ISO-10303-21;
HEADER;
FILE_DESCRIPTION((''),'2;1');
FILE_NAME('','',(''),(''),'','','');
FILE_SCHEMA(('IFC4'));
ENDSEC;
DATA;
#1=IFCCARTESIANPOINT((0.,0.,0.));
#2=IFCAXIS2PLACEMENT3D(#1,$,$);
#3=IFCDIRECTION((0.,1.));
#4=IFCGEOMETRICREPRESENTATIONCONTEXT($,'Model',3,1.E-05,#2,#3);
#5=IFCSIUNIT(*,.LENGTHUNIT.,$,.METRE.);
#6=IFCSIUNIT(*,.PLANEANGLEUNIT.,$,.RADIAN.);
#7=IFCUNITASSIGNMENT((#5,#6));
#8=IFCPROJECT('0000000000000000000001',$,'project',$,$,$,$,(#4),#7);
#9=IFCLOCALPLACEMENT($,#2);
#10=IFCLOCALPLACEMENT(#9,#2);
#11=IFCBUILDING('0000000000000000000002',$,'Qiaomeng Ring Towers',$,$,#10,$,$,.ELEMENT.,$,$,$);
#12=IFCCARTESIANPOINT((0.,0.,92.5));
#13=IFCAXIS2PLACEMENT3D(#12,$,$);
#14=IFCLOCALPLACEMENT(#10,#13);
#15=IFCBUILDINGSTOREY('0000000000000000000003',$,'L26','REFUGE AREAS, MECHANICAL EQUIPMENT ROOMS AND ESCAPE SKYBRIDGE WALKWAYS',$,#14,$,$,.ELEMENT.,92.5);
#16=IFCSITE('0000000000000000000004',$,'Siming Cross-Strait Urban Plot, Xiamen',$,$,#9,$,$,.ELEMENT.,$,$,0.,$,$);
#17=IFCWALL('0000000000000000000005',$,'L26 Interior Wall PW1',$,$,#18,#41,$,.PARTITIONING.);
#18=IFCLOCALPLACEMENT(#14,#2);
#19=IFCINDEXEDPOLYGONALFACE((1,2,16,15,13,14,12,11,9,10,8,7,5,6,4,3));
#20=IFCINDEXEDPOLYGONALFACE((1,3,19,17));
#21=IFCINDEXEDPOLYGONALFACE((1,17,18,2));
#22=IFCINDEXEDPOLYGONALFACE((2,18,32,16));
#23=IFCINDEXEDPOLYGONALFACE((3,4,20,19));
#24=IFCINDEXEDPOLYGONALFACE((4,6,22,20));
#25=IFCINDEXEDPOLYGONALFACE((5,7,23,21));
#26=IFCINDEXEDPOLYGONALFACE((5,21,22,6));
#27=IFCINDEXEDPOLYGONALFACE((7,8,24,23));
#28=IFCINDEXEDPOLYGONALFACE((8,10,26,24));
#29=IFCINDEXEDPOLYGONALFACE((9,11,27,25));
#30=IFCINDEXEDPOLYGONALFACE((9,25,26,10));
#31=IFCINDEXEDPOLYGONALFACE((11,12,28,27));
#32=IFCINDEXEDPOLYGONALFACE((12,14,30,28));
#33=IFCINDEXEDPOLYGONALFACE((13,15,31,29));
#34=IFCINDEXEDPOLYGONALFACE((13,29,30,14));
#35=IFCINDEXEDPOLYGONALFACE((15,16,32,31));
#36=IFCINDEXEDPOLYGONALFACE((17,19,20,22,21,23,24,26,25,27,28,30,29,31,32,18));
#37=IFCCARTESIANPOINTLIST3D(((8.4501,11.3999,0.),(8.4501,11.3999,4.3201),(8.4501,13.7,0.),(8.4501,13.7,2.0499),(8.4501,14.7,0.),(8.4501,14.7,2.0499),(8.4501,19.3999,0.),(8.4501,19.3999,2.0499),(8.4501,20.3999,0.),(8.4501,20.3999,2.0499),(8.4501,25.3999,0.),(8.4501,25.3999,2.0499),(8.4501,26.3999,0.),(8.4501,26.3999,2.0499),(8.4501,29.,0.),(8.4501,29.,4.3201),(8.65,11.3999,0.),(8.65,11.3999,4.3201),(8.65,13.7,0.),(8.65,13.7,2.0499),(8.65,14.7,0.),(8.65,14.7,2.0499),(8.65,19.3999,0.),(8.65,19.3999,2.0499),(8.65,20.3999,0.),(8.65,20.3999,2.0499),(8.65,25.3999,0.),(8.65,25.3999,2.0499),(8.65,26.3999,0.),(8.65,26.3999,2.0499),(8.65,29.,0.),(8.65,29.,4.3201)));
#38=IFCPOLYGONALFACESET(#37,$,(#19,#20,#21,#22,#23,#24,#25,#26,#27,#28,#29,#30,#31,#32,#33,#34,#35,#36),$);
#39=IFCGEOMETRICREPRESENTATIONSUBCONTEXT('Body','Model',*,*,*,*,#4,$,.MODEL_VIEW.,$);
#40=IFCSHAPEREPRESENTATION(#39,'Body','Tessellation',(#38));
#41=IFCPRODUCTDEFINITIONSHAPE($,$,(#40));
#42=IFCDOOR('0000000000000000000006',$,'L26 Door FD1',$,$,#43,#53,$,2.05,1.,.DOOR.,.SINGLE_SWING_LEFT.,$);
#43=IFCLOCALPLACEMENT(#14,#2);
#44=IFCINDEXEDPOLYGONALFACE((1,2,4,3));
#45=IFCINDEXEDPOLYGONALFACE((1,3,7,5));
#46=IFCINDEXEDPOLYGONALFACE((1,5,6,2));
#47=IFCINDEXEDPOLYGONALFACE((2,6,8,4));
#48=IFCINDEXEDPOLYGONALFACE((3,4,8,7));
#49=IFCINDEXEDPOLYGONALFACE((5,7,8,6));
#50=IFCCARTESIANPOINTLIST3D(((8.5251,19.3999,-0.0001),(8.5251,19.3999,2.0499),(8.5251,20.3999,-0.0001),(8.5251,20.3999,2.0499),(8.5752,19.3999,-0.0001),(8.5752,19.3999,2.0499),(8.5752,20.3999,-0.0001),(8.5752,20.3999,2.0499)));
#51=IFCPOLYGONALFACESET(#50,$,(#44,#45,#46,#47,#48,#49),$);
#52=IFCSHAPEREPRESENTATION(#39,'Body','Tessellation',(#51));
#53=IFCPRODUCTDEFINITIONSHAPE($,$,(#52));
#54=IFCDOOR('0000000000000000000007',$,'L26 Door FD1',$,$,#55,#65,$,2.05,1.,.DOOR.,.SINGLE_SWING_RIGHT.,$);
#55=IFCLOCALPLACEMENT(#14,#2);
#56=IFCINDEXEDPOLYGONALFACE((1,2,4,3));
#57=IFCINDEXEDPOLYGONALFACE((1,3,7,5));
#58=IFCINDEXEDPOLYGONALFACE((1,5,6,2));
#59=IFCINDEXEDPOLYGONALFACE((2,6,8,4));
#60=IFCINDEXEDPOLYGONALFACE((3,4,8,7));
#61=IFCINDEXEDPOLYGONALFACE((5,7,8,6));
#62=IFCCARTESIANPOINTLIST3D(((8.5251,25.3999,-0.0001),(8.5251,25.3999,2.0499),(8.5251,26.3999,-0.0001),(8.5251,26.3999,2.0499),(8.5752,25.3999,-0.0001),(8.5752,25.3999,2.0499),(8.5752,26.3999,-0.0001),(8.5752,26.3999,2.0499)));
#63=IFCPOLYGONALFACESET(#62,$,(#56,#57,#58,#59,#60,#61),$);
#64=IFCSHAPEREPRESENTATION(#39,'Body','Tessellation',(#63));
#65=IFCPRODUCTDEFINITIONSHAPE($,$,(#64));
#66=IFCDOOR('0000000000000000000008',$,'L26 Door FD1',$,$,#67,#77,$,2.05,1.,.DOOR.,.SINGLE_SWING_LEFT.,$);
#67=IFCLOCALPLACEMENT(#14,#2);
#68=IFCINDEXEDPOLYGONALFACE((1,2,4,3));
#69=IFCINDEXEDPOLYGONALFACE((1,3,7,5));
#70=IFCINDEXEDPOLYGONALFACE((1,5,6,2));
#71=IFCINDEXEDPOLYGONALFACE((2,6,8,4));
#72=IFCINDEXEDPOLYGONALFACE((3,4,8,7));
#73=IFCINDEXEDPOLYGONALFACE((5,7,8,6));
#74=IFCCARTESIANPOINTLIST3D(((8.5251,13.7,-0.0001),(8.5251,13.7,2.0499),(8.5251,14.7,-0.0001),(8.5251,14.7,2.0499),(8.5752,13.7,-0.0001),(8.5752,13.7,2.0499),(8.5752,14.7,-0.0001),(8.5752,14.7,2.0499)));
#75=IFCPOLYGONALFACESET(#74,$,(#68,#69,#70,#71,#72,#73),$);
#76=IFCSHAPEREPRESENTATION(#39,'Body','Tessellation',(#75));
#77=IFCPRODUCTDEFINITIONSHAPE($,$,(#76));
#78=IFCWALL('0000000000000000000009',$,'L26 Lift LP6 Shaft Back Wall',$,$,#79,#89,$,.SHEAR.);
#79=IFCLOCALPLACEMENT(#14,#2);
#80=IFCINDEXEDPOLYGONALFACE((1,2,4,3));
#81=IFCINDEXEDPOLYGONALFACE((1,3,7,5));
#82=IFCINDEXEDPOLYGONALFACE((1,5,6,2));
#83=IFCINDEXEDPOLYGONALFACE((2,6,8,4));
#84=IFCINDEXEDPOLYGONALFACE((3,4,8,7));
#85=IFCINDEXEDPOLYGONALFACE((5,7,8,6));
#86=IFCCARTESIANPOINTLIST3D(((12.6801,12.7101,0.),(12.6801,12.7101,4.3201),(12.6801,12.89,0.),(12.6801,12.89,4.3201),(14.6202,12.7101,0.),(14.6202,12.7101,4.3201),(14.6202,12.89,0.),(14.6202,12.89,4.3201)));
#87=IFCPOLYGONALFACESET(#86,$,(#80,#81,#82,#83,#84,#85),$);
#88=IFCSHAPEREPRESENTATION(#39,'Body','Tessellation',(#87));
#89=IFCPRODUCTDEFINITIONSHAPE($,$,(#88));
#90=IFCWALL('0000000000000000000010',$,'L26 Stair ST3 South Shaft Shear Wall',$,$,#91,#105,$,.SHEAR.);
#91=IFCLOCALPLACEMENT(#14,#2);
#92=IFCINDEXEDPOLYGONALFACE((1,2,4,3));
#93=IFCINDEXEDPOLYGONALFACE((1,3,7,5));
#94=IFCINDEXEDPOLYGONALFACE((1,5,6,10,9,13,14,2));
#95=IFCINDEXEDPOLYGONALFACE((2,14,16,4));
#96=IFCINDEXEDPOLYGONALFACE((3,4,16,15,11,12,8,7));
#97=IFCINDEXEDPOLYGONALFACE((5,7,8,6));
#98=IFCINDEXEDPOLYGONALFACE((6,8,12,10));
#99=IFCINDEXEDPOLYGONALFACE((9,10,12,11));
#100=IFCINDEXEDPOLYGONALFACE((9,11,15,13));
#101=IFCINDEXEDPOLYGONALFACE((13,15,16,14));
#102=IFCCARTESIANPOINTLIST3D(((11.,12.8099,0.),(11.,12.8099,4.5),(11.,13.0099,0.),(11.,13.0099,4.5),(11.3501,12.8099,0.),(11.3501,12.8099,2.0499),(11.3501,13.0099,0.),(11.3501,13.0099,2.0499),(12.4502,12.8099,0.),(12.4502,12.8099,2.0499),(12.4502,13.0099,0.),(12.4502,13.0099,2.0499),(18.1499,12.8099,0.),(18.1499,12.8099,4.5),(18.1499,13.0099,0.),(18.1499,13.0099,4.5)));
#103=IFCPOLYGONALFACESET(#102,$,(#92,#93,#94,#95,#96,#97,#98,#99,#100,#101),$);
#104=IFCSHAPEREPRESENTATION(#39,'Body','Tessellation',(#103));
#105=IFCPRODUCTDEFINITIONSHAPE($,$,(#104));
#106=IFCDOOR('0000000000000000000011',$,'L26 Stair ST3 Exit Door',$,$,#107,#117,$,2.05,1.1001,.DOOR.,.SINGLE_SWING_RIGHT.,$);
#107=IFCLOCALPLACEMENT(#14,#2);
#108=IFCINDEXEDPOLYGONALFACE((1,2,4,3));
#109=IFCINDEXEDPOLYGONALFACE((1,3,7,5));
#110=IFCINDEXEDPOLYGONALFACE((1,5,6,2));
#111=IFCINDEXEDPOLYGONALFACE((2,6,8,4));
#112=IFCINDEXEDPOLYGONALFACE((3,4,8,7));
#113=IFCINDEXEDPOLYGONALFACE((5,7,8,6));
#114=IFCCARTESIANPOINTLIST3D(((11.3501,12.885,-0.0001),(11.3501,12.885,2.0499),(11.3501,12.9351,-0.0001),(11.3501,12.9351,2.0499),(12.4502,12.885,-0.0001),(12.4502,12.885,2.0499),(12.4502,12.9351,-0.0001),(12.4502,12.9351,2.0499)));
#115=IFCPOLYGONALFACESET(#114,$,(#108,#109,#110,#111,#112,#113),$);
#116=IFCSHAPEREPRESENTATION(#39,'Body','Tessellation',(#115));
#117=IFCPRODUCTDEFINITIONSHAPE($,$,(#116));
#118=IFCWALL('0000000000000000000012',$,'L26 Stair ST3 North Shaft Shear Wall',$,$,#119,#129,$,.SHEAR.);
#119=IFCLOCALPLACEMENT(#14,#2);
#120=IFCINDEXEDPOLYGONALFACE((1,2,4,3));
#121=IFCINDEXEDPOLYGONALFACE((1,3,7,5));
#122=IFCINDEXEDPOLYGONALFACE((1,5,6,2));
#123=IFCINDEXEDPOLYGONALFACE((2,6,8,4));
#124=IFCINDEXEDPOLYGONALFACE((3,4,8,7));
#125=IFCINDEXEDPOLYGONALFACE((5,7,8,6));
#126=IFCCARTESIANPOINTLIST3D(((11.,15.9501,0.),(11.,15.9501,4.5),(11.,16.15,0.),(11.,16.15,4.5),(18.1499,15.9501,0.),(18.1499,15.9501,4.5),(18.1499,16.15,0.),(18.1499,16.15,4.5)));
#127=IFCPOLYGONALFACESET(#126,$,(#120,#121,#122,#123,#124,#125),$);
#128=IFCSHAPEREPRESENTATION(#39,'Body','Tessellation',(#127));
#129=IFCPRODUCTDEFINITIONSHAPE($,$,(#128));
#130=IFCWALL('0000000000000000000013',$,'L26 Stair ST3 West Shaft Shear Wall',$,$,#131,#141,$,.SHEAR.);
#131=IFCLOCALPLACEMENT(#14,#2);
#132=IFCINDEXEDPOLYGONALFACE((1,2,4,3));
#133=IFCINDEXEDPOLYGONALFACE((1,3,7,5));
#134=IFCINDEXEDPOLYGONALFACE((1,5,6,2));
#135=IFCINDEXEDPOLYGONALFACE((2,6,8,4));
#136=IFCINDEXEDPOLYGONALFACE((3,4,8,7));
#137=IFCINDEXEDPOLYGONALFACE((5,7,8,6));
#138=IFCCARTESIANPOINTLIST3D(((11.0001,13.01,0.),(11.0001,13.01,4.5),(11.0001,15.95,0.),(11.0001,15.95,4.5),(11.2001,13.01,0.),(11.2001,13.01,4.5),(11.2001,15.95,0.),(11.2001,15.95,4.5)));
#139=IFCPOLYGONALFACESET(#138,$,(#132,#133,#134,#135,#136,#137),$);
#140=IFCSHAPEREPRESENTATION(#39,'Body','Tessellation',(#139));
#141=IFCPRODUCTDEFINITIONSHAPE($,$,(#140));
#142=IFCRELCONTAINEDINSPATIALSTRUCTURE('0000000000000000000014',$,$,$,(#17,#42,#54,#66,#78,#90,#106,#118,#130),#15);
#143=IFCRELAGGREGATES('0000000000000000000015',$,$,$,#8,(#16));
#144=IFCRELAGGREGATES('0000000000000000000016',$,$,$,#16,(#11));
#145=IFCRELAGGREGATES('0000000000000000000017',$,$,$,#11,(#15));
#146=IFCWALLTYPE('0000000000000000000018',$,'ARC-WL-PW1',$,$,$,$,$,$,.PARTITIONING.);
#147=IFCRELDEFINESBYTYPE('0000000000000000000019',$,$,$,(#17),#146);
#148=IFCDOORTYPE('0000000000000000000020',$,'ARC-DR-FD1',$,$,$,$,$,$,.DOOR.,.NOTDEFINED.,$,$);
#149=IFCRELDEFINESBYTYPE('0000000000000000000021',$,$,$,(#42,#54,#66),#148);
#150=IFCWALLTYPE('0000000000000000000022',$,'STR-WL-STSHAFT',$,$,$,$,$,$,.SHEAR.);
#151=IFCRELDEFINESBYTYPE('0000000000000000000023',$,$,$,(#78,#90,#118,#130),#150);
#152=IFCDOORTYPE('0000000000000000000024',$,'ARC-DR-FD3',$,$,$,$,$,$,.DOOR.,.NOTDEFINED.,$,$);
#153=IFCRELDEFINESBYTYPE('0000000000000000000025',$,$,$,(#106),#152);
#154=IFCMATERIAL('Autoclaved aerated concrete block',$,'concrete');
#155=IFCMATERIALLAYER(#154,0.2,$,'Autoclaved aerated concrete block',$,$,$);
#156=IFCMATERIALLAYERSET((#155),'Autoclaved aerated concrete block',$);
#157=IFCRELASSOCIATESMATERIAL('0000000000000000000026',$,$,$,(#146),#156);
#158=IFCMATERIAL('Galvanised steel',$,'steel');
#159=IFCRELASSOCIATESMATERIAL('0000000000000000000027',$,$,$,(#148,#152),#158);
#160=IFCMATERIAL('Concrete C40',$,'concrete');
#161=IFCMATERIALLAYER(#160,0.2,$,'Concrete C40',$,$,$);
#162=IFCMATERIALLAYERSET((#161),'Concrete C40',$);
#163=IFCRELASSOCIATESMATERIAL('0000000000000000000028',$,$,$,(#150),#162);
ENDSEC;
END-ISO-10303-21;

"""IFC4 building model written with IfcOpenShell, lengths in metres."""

from ifc_helpers import new_model, si_unit, direction, frame, frame_2d, origin, place, context, subcontext, project, spatial, rectangle, extrude, source, transform, mapped, material, layer, layer_set, type_object, element, fill, save


model = new_model("IFC4")

# Units and contexts
model_context = context("Model", 3, precision=1e-05, world=origin(), true_north=direction((0.0, 1.0)))
body_context = subcontext(model_context, "Body", "Model", "MODEL_VIEW")
ifc_project = project(units=[si_unit("LENGTHUNIT", "METRE"), si_unit("PLANEANGLEUNIT", "RADIAN")], contexts=[model_context])

# Site, building, storey
site_placement = place(None, origin())
site = spatial("IfcSite", under=ifc_project, at=site_placement, Name="Siming Cross-Strait Urban Plot, Xiamen", CompositionType="ELEMENT", RefElevation=0.0)
building_placement = place(site_placement, origin())
building = spatial("IfcBuilding", under=site, at=building_placement, Name="Qiaomeng Ring Towers", CompositionType="ELEMENT")
storey_placement = place(building_placement, frame((0.0, 0.0, 92.5)))
storey = spatial("IfcBuildingStorey", under=building, at=storey_placement, Name="L26", Description="REFUGE AREAS, MECHANICAL EQUIPMENT ROOMS AND ESCAPE SKYBRIDGE WALKWAYS", CompositionType="ELEMENT", Elevation=92.5)

# Shared definitions
ifc_material_1 = material(Name="Autoclaved aerated concrete block", Category="concrete")
ifc_layer_1 = layer(ifc_material_1, 0.2, Name="Autoclaved aerated concrete block")
ifc_layer_set_1 = layer_set([ifc_layer_1], Name="Autoclaved aerated concrete block")
wall_type_1 = type_object("IfcWallType", Name="ARC-WL-PW1", PredefinedType="PARTITIONING", material=ifc_layer_set_1)

# Wall, openings, doors
wall_1_placement = place(storey_placement, frame((8.55, 11.3999, 0.0), z_axis=(0.0, 0.0, 1.0), x_axis=(0.0, 1.0, 0.0)))
wall_1 = element("IfcWall", 1, at=wall_1_placement, inside=storey, type_object=wall_type_1, Name="L26 Interior Wall PW1", PredefinedType="PARTITIONING", context=body_context, shape_type="SweptSolid", body=[
    extrude(rectangle(XDim=17.6001, YDim=0.2, at=frame_2d((8.8, 0.0))), origin(), (0.0, 0.0, 1.0), 4.3201),
])
opening_1_placement = place(wall_1_placement, frame((8.0, 0.0, 0.0)))
opening_1 = element("IfcOpeningElement", 2, at=opening_1_placement, cuts=wall_1, PredefinedType="OPENING", context=body_context, shape_type="SweptSolid", body=[
    extrude(rectangle(XDim=1.0, YDim=2.05, at=frame_2d((0.5, 1.0249))), frame((0.0, 0.1099, 0.0), z_axis=(0.0, -1.0, 0.0), x_axis=(1.0, 0.0, 0.0)), (0.0, 0.0, 1.0), 0.22),
])
opening_2_placement = place(wall_1_placement, frame((14.0, 0.0, 0.0)))
opening_2 = element("IfcOpeningElement", 3, at=opening_2_placement, cuts=wall_1, PredefinedType="OPENING", context=body_context, shape_type="SweptSolid", body=[
    extrude(rectangle(XDim=1.0, YDim=2.05, at=frame_2d((0.5, 1.0249))), frame((0.0, 0.1099, 0.0), z_axis=(0.0, -1.0, 0.0), x_axis=(1.0, 0.0, 0.0)), (0.0, 0.0, 1.0), 0.22),
])
opening_3_placement = place(wall_1_placement, frame((2.3, 0.0, 0.0)))
opening_3 = element("IfcOpeningElement", 4, at=opening_3_placement, cuts=wall_1, PredefinedType="OPENING", context=body_context, shape_type="SweptSolid", body=[
    extrude(rectangle(XDim=1.0, YDim=2.05, at=frame_2d((0.5, 1.0249))), frame((0.0, 0.1099, 0.0), z_axis=(0.0, -1.0, 0.0), x_axis=(1.0, 0.0, 0.0)), (0.0, 0.0, 1.0), 0.22),
])
ifc_material_2 = material(Name="Galvanised steel", Category="steel")
door_type_1 = type_object("IfcDoorType", Name="ARC-DR-FD1", OperationType="NOTDEFINED", PredefinedType="DOOR", material=ifc_material_2)
shared_shape_1 = source(origin(), body_context, "Body", "SweptSolid", [
    extrude(rectangle(XDim=1.0, YDim=2.05, at=frame_2d((0.5, 1.0249))), frame((0.0, 0.0249, 0.0), z_axis=(0.0, -1.0, 0.0), x_axis=(1.0, 0.0, 0.0)), (0.0, 0.0, 1.0), 0.05),
])
door_1_placement = place(opening_1_placement, origin())
door_1 = element("IfcDoor", 5, at=door_1_placement, inside=storey, type_object=door_type_1, Name="L26 Door FD1", OperationType="SINGLE_SWING_LEFT", OverallHeight=2.05, OverallWidth=1.0, PredefinedType="DOOR", context=body_context, shape_type="MappedRepresentation", body=[
    mapped(shared_shape_1, transform((0.0, 0.0, 0.0), x_axis=(1.0, 0.0, 0.0), y_axis=(0.0, 1.0, 0.0), z_axis=(0.0, 0.0, 1.0), scale=1.0)),
])
fill(opening_1, door_1)
door_2_placement = place(opening_2_placement, origin())
door_2 = element("IfcDoor", 6, at=door_2_placement, inside=storey, type_object=door_type_1, Name="L26 Door FD1", OperationType="SINGLE_SWING_RIGHT", OverallHeight=2.05, OverallWidth=1.0, PredefinedType="DOOR", context=body_context, shape_type="MappedRepresentation", body=[
    mapped(shared_shape_1, transform((0.0, 0.0, 0.0), x_axis=(1.0, 0.0, 0.0), y_axis=(0.0, 1.0, 0.0), z_axis=(0.0, 0.0, 1.0), scale=1.0)),
])
fill(opening_2, door_2)
door_3_placement = place(opening_3_placement, origin())
door_3 = element("IfcDoor", 7, at=door_3_placement, inside=storey, type_object=door_type_1, Name="L26 Door FD1", OperationType="SINGLE_SWING_LEFT", OverallHeight=2.05, OverallWidth=1.0, PredefinedType="DOOR", context=body_context, shape_type="MappedRepresentation", body=[
    mapped(shared_shape_1, transform((0.0, 0.0, 0.0), x_axis=(1.0, 0.0, 0.0), y_axis=(0.0, 1.0, 0.0), z_axis=(0.0, 0.0, 1.0), scale=1.0)),
])
fill(opening_3, door_3)

# Wall
ifc_material_3 = material(Name="Concrete C40", Category="concrete")
ifc_layer_2 = layer(ifc_material_3, 0.2, Name="Concrete C40")
ifc_layer_set_2 = layer_set([ifc_layer_2], Name="Concrete C40")
wall_type_2 = type_object("IfcWallType", Name="STR-WL-STSHAFT", PredefinedType="SHEAR", material=ifc_layer_set_2)
wall_2_placement = place(storey_placement, frame((12.6799, 12.8, 0.0), z_axis=(0.0, 0.0, 1.0), x_axis=(1.0, 0.0, 0.0)))
element("IfcWall", 8, at=wall_2_placement, inside=storey, type_object=wall_type_2, Name="L26 Lift LP6 Shaft Back Wall", PredefinedType="SHEAR", context=body_context, shape_type="SweptSolid", body=[
    extrude(rectangle(XDim=1.9402, YDim=0.1799, at=frame_2d((0.9702, 0.0))), origin(), (0.0, 0.0, 1.0), 4.3201),
])

# Wall, opening, door
wall_3_placement = place(storey_placement, frame((11.0, 12.9099, 0.0), z_axis=(0.0, 0.0, 1.0), x_axis=(1.0, 0.0, 0.0)))
wall_3 = element("IfcWall", 9, at=wall_3_placement, inside=storey, type_object=wall_type_2, Name="L26 Stair ST3 South Shaft Shear Wall", PredefinedType="SHEAR", context=body_context, shape_type="SweptSolid", body=[
    extrude(rectangle(XDim=7.1499, YDim=0.2, at=frame_2d((3.575, 0.0))), origin(), (0.0, 0.0, 1.0), 4.5),
])
opening_4_placement = place(wall_3_placement, frame((0.3501, 0.0, 0.0)))
opening_4 = element("IfcOpeningElement", 10, at=opening_4_placement, cuts=wall_3, PredefinedType="OPENING", context=body_context, shape_type="SweptSolid", body=[
    extrude(rectangle(XDim=1.1001, YDim=2.05, at=frame_2d((0.55, 1.0249))), frame((0.0, 0.1099, 0.0), z_axis=(0.0, -1.0, 0.0), x_axis=(1.0, 0.0, 0.0)), (0.0, 0.0, 1.0), 0.22),
])
door_type_2 = type_object("IfcDoorType", Name="ARC-DR-FD3", OperationType="NOTDEFINED", PredefinedType="DOOR", material=ifc_material_2)
shared_shape_2 = source(origin(), body_context, "Body", "SweptSolid", [
    extrude(rectangle(XDim=1.1001, YDim=2.05, at=frame_2d((0.55, 1.0249))), frame((0.0, 0.0249, 0.0), z_axis=(0.0, -1.0, 0.0), x_axis=(1.0, 0.0, 0.0)), (0.0, 0.0, 1.0), 0.05),
])
door_4_placement = place(opening_4_placement, frame((1.1001, 0.0, 0.0), z_axis=(0.0, 0.0, 1.0), x_axis=(-1.0, 0.0, 0.0)))
door_4 = element("IfcDoor", 11, at=door_4_placement, inside=storey, type_object=door_type_2, Name="L26 Stair ST3 Exit Door", OperationType="SINGLE_SWING_RIGHT", OverallHeight=2.05, OverallWidth=1.1001, PredefinedType="DOOR", context=body_context, shape_type="MappedRepresentation", body=[
    mapped(shared_shape_2, transform((0.0, 0.0, 0.0), x_axis=(1.0, 0.0, 0.0), y_axis=(0.0, 1.0, 0.0), z_axis=(0.0, 0.0, 1.0), scale=1.0)),
])
fill(opening_4, door_4)

# Walls
wall_4_placement = place(storey_placement, frame((11.0, 16.05, 0.0), z_axis=(0.0, 0.0, 1.0), x_axis=(1.0, 0.0, 0.0)))
element("IfcWall", 12, at=wall_4_placement, inside=storey, type_object=wall_type_2, Name="L26 Stair ST3 North Shaft Shear Wall", PredefinedType="SHEAR", context=body_context, shape_type="SweptSolid", body=[
    extrude(rectangle(XDim=7.1499, YDim=0.2, at=frame_2d((3.575, 0.0))), origin(), (0.0, 0.0, 1.0), 4.5),
])
wall_5_placement = place(storey_placement, frame((11.1001, 13.01, 0.0), z_axis=(0.0, 0.0, 1.0), x_axis=(0.0, 1.0, 0.0)))
element("IfcWall", 13, at=wall_5_placement, inside=storey, type_object=wall_type_2, Name="L26 Stair ST3 West Shaft Shear Wall", PredefinedType="SHEAR", context=body_context, shape_type="SweptSolid", body=[
    extrude(rectangle(XDim=2.9399, YDim=0.2, at=frame_2d((1.47, 0.0))), origin(), (0.0, 0.0, 1.0), 4.5),
])

save(model, "model.ifc")
